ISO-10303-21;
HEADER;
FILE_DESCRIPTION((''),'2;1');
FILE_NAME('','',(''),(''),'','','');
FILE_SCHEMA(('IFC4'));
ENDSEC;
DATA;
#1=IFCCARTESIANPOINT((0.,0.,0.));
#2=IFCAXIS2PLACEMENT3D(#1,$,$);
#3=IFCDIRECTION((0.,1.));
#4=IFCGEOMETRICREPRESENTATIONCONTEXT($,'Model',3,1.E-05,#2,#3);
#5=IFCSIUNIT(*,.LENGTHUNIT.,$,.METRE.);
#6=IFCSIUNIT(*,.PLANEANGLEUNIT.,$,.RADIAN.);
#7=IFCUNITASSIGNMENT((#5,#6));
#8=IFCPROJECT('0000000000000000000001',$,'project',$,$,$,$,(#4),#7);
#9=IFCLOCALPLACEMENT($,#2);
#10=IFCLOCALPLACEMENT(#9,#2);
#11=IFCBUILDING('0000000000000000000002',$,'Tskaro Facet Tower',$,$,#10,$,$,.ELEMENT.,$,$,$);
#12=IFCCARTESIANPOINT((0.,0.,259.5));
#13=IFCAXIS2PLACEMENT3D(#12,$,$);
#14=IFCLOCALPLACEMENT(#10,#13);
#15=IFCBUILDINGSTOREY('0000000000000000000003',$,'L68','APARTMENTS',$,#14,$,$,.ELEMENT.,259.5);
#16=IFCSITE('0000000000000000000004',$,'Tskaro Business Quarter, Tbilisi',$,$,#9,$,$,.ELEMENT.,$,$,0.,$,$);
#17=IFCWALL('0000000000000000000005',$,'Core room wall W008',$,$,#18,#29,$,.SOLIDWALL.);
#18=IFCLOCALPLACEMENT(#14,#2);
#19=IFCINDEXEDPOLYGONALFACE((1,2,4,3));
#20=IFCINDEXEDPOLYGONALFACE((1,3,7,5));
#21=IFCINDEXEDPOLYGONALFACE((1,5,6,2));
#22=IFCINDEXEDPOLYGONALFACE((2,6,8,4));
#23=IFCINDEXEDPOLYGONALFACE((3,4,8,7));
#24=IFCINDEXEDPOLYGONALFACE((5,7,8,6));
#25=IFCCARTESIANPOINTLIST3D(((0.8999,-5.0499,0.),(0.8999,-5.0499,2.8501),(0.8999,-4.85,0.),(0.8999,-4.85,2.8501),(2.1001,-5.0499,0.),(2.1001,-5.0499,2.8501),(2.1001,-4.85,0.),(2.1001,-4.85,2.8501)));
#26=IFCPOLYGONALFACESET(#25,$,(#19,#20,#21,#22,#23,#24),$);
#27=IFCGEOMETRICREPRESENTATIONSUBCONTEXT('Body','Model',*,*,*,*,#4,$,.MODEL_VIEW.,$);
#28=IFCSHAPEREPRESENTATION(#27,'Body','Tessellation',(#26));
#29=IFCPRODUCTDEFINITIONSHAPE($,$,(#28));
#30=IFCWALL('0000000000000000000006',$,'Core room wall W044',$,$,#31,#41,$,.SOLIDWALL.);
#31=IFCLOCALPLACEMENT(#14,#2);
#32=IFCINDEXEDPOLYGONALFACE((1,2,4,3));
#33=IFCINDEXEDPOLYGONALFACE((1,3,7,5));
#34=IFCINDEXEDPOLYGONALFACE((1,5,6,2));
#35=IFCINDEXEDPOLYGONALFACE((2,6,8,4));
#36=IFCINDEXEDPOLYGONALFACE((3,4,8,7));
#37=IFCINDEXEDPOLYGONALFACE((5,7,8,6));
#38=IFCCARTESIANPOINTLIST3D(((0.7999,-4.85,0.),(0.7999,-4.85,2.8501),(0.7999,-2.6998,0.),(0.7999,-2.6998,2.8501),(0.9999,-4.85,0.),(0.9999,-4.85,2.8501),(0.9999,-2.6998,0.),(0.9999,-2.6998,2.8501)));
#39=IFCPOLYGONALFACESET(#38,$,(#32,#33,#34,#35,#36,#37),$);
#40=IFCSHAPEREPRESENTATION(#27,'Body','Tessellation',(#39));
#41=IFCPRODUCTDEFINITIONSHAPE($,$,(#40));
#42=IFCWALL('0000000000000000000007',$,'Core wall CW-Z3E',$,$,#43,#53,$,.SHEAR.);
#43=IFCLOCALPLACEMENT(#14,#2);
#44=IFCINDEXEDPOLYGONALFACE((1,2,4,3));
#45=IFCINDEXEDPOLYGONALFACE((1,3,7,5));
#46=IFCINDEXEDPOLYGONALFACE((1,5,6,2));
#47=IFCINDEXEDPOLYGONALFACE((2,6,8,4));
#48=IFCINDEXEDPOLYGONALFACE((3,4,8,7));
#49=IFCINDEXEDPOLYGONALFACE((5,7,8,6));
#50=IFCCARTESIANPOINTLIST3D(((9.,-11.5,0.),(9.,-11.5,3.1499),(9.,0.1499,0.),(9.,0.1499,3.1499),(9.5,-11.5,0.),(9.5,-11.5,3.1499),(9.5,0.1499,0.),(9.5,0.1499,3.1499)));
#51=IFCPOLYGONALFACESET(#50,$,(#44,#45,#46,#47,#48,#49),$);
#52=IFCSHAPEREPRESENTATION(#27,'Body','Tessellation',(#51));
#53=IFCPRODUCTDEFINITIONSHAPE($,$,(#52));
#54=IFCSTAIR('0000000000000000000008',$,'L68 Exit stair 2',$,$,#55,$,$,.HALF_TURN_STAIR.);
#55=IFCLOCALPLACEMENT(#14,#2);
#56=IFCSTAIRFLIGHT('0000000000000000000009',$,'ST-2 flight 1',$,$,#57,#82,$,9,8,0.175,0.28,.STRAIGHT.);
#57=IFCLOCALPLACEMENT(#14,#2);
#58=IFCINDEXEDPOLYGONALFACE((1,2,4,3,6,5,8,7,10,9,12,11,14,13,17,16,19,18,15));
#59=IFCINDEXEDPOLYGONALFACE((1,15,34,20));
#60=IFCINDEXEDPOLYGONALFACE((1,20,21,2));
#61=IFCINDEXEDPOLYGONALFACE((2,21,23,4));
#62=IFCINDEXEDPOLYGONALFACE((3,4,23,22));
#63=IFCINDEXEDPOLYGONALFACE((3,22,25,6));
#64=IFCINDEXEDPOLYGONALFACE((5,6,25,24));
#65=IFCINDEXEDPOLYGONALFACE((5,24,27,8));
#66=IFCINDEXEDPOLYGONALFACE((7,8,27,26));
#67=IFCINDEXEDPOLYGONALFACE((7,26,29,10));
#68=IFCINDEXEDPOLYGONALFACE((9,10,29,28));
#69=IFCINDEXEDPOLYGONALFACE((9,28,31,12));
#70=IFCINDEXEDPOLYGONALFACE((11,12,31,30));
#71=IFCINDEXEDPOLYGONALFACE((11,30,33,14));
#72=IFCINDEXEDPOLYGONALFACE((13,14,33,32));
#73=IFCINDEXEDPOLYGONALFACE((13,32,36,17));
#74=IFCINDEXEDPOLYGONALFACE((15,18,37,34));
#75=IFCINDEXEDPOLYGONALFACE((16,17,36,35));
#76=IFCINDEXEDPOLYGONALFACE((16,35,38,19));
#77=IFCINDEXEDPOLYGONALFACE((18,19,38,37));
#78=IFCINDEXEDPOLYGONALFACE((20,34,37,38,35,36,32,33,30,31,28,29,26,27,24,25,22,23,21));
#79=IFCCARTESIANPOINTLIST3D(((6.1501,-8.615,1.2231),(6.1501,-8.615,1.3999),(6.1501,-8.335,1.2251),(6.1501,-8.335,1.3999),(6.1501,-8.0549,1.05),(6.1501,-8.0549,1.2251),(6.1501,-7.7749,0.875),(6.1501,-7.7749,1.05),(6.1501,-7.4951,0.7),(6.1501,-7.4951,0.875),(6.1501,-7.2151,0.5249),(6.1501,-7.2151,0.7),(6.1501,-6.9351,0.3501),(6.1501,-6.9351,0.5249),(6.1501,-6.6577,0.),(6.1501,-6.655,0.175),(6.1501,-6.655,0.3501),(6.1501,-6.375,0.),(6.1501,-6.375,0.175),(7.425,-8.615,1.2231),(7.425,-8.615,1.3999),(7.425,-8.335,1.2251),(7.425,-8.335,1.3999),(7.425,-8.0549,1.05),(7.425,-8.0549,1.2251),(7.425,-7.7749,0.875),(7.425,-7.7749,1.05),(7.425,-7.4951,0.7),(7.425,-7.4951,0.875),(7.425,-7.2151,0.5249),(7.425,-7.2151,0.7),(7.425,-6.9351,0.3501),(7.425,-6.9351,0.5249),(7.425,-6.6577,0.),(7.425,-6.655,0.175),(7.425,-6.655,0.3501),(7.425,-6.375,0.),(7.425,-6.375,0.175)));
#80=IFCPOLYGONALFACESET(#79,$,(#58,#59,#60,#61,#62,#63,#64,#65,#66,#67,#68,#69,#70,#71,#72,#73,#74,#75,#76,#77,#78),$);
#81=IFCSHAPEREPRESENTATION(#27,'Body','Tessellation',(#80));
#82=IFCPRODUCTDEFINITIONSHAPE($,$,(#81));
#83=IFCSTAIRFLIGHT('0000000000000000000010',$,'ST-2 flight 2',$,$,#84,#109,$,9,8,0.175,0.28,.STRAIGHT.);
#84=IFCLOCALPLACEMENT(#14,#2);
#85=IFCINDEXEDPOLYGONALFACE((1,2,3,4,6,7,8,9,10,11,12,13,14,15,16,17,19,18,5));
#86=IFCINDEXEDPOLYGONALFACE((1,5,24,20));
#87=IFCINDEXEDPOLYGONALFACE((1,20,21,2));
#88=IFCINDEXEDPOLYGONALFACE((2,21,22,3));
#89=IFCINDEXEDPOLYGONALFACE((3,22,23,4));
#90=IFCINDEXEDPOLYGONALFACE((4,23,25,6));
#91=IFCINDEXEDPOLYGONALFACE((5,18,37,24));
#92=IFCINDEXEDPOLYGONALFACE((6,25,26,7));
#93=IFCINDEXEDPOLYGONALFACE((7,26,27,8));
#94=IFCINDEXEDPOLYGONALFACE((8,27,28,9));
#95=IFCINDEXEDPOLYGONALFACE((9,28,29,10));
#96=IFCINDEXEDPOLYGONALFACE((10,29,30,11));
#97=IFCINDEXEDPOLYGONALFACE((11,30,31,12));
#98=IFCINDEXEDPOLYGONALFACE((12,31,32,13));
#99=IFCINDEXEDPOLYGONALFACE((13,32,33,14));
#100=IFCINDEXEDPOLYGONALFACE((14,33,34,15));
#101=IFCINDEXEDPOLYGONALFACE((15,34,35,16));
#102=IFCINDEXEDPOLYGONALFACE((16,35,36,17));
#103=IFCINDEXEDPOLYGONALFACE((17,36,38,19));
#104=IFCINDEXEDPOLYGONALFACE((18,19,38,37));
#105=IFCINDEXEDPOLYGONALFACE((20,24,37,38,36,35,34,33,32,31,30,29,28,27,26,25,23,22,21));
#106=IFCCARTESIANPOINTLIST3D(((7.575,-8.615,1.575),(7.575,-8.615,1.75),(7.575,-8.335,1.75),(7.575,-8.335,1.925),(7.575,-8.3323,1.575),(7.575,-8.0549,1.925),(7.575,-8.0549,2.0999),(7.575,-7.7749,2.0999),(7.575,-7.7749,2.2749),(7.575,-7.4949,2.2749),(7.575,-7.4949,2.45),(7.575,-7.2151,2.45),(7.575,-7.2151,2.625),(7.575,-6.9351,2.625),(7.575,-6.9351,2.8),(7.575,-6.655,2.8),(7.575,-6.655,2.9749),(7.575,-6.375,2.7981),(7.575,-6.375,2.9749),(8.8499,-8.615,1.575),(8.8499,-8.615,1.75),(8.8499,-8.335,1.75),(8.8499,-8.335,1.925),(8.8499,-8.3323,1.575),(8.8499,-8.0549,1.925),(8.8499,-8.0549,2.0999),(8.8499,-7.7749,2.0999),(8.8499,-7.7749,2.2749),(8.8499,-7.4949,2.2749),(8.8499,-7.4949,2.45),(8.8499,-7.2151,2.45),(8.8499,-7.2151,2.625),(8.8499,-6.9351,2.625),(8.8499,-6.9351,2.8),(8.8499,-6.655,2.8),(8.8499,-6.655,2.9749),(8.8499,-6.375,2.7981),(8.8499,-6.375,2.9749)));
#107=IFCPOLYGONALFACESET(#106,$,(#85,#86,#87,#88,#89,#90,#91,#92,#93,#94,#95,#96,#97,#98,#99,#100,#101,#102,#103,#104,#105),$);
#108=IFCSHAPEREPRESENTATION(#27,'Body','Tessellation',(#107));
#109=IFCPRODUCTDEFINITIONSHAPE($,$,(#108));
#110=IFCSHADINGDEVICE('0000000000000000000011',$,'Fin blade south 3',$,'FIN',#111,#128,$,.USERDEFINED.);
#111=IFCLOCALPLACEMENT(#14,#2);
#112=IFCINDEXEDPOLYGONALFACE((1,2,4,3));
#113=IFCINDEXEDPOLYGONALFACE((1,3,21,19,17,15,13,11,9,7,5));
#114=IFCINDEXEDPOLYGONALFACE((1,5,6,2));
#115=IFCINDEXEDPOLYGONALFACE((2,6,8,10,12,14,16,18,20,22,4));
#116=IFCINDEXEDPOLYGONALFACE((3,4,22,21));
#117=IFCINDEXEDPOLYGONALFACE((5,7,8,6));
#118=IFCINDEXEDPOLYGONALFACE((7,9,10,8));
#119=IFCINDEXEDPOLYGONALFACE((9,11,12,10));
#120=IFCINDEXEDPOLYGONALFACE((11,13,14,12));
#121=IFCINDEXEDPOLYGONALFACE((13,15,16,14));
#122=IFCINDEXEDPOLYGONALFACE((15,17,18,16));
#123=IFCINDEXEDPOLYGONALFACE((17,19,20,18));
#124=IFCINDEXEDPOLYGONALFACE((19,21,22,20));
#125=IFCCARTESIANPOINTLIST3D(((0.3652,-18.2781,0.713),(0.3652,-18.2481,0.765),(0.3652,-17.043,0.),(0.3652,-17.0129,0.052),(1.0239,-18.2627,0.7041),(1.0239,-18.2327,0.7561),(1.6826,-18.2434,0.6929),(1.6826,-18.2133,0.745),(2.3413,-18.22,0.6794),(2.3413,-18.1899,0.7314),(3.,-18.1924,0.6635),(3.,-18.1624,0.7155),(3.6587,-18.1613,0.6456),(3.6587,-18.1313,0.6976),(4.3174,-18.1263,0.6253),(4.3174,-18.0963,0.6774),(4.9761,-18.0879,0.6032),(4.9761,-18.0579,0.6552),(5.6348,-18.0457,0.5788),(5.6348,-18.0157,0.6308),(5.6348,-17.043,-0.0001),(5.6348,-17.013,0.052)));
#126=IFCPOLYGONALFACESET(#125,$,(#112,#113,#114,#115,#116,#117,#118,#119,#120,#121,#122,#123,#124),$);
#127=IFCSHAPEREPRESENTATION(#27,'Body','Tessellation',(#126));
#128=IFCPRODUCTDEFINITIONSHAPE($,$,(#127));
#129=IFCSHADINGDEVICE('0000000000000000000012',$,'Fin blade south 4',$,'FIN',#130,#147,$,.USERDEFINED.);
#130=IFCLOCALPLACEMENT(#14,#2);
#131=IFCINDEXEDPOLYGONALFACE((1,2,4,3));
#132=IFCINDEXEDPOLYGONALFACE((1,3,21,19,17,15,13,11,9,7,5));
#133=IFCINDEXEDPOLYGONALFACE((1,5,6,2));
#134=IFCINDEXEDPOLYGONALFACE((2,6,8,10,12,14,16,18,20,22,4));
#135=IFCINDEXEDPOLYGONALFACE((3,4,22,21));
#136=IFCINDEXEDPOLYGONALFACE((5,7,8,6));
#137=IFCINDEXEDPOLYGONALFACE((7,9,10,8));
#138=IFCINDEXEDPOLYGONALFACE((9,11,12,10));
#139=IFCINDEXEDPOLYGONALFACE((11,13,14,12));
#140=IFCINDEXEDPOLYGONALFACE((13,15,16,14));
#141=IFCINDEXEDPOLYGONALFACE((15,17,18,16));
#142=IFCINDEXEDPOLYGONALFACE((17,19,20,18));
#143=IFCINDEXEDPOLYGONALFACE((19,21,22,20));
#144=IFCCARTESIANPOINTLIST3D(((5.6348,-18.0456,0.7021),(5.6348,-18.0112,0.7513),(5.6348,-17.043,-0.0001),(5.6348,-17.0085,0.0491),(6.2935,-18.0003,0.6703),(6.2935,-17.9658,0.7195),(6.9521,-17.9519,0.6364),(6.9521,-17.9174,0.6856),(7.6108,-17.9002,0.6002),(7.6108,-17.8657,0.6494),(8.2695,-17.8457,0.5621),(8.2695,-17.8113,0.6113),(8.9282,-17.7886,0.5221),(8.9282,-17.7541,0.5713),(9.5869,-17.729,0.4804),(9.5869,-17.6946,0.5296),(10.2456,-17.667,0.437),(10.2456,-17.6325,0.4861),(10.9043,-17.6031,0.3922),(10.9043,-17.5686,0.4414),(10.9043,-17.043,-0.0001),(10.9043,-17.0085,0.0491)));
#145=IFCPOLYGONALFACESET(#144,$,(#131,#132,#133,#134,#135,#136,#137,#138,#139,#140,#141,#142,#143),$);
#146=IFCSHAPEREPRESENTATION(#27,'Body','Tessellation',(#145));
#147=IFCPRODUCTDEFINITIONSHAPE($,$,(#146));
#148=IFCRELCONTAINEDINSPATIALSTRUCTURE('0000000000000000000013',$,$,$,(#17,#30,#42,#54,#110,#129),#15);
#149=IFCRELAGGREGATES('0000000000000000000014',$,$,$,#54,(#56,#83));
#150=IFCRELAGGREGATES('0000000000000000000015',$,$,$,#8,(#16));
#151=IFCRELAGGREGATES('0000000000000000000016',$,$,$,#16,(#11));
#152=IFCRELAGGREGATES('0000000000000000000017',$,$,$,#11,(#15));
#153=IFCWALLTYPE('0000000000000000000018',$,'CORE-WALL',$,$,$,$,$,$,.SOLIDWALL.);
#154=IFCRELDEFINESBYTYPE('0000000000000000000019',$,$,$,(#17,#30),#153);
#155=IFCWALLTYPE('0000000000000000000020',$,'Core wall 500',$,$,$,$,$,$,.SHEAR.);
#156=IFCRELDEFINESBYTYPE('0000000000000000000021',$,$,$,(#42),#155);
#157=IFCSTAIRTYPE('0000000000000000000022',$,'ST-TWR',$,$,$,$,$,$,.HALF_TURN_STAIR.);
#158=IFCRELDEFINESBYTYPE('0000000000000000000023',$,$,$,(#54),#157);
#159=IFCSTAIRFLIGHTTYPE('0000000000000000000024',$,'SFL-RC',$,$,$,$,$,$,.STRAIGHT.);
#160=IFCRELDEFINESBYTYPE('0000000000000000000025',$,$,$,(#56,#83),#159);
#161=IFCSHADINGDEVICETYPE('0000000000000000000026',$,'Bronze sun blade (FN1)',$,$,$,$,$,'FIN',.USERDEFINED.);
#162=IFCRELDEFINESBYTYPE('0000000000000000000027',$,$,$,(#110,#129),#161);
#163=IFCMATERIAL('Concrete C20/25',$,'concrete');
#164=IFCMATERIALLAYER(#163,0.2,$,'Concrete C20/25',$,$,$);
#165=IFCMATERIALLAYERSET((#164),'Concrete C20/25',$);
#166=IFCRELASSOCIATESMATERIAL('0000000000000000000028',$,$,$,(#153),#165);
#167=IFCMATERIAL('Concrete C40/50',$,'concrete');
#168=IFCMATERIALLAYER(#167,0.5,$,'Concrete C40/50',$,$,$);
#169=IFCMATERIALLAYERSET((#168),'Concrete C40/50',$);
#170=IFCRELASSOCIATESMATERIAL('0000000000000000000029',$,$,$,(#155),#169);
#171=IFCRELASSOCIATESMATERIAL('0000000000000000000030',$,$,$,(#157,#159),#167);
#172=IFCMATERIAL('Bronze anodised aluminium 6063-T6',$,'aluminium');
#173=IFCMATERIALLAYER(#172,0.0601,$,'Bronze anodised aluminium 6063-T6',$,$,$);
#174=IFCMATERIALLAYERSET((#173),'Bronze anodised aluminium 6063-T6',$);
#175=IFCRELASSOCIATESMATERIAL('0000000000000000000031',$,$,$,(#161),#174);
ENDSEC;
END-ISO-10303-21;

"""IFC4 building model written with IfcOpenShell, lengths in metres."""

from ifc_helpers import new_model, si_unit, direction, frame, frame_2d, origin, place, context, subcontext, project, spatial, polyline, rectangle, outline, extrude, material, layer, layer_set, type_object, element, aggregate, save


model = new_model("IFC4")

# Units and contexts
model_context = context("Model", 3, precision=1e-05, world=origin(), true_north=direction((0.0, 1.0)))
body_context = subcontext(model_context, "Body", "Model", "MODEL_VIEW")
ifc_project = project(units=[si_unit("LENGTHUNIT", "METRE"), si_unit("PLANEANGLEUNIT", "RADIAN")], contexts=[model_context])

# Site, building, storey
site_placement = place(None, origin())
site = spatial("IfcSite", under=ifc_project, at=site_placement, Name="Tskaro Business Quarter, Tbilisi", CompositionType="ELEMENT", RefElevation=0.0)
building_placement = place(site_placement, origin())
building = spatial("IfcBuilding", under=site, at=building_placement, Name="Tskaro Facet Tower", CompositionType="ELEMENT")
storey_placement = place(building_placement, frame((0.0, 0.0, 259.5)))
storey = spatial("IfcBuildingStorey", under=building, at=storey_placement, Name="L68", Description="APARTMENTS", CompositionType="ELEMENT", Elevation=259.5)

# Shared definitions
ifc_material_1 = material(Name="Bronze anodised aluminium 6063-T6", Category="aluminium")

# Walls
ifc_material_2 = material(Name="Concrete C20/25", Category="concrete")
ifc_layer_1 = layer(ifc_material_2, 0.2, Name="Concrete C20/25")
ifc_layer_set_1 = layer_set([ifc_layer_1], Name="Concrete C20/25")
wall_type_1 = type_object("IfcWallType", Name="CORE-WALL", PredefinedType="SOLIDWALL", material=ifc_layer_set_1)
wall_1_placement = place(storey_placement, frame((0.8999, -4.95, 0.0), z_axis=(0.0, 0.0, 1.0), x_axis=(1.0, 0.0, 0.0)))
element("IfcWall", 1, at=wall_1_placement, inside=storey, type_object=wall_type_1, Name="Core room wall W008", PredefinedType="SOLIDWALL", context=body_context, shape_type="SweptSolid", body=[
    extrude(rectangle(XDim=1.2002, YDim=0.2, at=frame_2d((0.6001, 0.0))), origin(), (0.0, 0.0, 1.0), 2.8501),
])
wall_2_placement = place(storey_placement, frame((0.8999, -4.8501, 0.0), z_axis=(0.0, 0.0, 1.0), x_axis=(0.0, 1.0, 0.0)))
element("IfcWall", 2, at=wall_2_placement, inside=storey, type_object=wall_type_1, Name="Core room wall W044", PredefinedType="SOLIDWALL", context=body_context, shape_type="SweptSolid", body=[
    extrude(rectangle(XDim=2.1501, YDim=0.2, at=frame_2d((1.0752, 0.0))), origin(), (0.0, 0.0, 1.0), 2.8501),
])
ifc_material_3 = material(Name="Concrete C40/50", Category="concrete")
ifc_layer_2 = layer(ifc_material_3, 0.5, Name="Concrete C40/50")
ifc_layer_set_2 = layer_set([ifc_layer_2], Name="Concrete C40/50")
wall_type_2 = type_object("IfcWallType", Name="Core wall 500", PredefinedType="SHEAR", material=ifc_layer_set_2)
wall_3_placement = place(storey_placement, frame((9.25, -11.5, 0.0), z_axis=(0.0, 0.0, 1.0), x_axis=(0.0, 1.0, 0.0)))
element("IfcWall", 3, at=wall_3_placement, inside=storey, type_object=wall_type_2, Name="Core wall CW-Z3E", PredefinedType="SHEAR", context=body_context, shape_type="SweptSolid", body=[
    extrude(rectangle(XDim=11.6499, YDim=0.5, at=frame_2d((5.825, 0.0))), origin(), (0.0, 0.0, 1.0), 3.1499),
])

# Stair, stair flights
stair_type = type_object("IfcStairType", Name="ST-TWR", PredefinedType="HALF_TURN_STAIR", material=ifc_material_3)
stair_placement = place(storey_placement, origin())
stair = element("IfcStair", 4, at=stair_placement, inside=storey, type_object=stair_type, Name="L68 Exit stair 2", PredefinedType="HALF_TURN_STAIR")
stair_flight_type = type_object("IfcStairFlightType", Name="SFL-RC", PredefinedType="STRAIGHT", material=ifc_material_3)
stair_flight_1_placement = place(storey_placement, frame((6.7876, -6.375, 0.0), z_axis=(0.0, 0.0, 1.0), x_axis=(0.0, -1.0, 0.0)))
stair_flight_1 = element("IfcStairFlight", 5, at=stair_flight_1_placement, type_object=stair_flight_type, Name="ST-2 flight 1", NumberOfRisers=9, NumberOfTreads=8, PredefinedType="STRAIGHT", RiserHeight=0.175, TreadLength=0.28, context=body_context, shape_type="SweptSolid", body=[
    extrude(outline(polyline([(0.0, 0.0), (0.0, 0.175), (0.28, 0.175), (0.28, 0.3501), (0.5601, 0.3501), (0.5601, 0.5249), (0.8401, 0.5249), (0.8401, 0.7), (1.1201, 0.7), (1.1201, 0.875), (1.3999, 0.875), (1.3999, 1.05), (1.6799, 1.05), (1.6799, 1.2251), (1.96, 1.2251), (1.96, 1.3999), (2.24, 1.3999), (2.24, 1.575), (2.24, 1.2231), (0.2827, 0.0), (0.0, 0.0)])), frame((0.0, 0.6375, 0.0), z_axis=(0.0, -1.0, 0.0), x_axis=(1.0, 0.0, 0.0)), (0.0, 0.0, 1.0), 1.2749),
])
stair_flight_2_placement = place(storey_placement, frame((8.2124, -8.615, 1.575), z_axis=(0.0, 0.0, 1.0), x_axis=(0.0, 1.0, 0.0)))
stair_flight_2 = element("IfcStairFlight", 6, at=stair_flight_2_placement, type_object=stair_flight_type, Name="ST-2 flight 2", NumberOfRisers=9, NumberOfTreads=8, PredefinedType="STRAIGHT", RiserHeight=0.175, TreadLength=0.28, context=body_context, shape_type="SweptSolid", body=[
    extrude(outline(polyline([(0.0, 0.0), (0.0, 0.175), (0.28, 0.175), (0.28, 0.3501), (0.5601, 0.3501), (0.5601, 0.5249), (0.8401, 0.5249), (0.8401, 0.7), (1.1201, 0.7), (1.1201, 0.875), (1.3999, 0.875), (1.3999, 1.05), (1.6799, 1.05), (1.6799, 1.2251), (1.96, 1.2251), (1.96, 1.3999), (2.24, 1.3999), (2.24, 1.575), (2.24, 1.2231), (0.2827, 0.0), (0.0, 0.0)])), frame((0.0, 0.6375, 0.0), z_axis=(0.0, -1.0, 0.0), x_axis=(1.0, 0.0, 0.0)), (0.0, 0.0, 1.0), 1.2749),
])
aggregate(stair, [stair_flight_1, stair_flight_2])

# Shading devices
ifc_layer_3 = layer(ifc_material_1, 0.0601, Name="Bronze anodised aluminium 6063-T6")
ifc_layer_set_3 = layer_set([ifc_layer_3], Name="Bronze anodised aluminium 6063-T6")
shading_device_type = type_object("IfcShadingDeviceType", Name="Bronze sun blade (FN1)", ElementType="FIN", PredefinedType="USERDEFINED", material=ifc_layer_set_3)
shading_device_1_placement = place(storey_placement, frame((0.3652, -17.0129, 0.052), z_axis=(0.000009, 0.499957, 0.86605), x_axis=(1.0, -0.000005, -0.000008)))
element("IfcShadingDevice", 7, at=shading_device_1_placement, inside=storey, type_object=shading_device_type, Name="Fin blade south 3", ObjectType="FIN", PredefinedType="USERDEFINED", context=body_context, shape_type="SweptSolid", body=[
    extrude(outline(polyline([(0.0, 0.0), (5.2695, 0.0), (5.2695, -1.1578), (4.6108, -1.2066), (3.9521, -1.2509), (3.2935, -1.2913), (2.6348, -1.3272), (1.9761, -1.359), (1.3174, -1.386), (0.6587, -1.4084), (0.0, -1.4262), (0.0, 0.0)])), origin(), (0.0, 0.0, -1.0), 0.0601),
])
shading_device_2_placement = place(storey_placement, frame((5.6348, -17.0085, 0.0491), z_axis=(-0.000013, 0.573653, 0.819098), x_axis=(1.0, 0.000008, 0.000011)))
element("IfcShadingDevice", 8, at=shading_device_2_placement, inside=storey, type_object=shading_device_type, Name="Fin blade south 4", ObjectType="FIN", PredefinedType="USERDEFINED", context=body_context, shape_type="SweptSolid", body=[
    extrude(outline(polyline([(0.0, 0.0), (5.2695, 0.0), (5.2695, -0.6838), (4.6108, -0.7618), (3.9521, -0.8376), (3.2935, -0.9103), (2.6348, -0.9801), (1.9761, -1.0465), (1.3174, -1.1096), (0.6587, -1.1687), (0.0, -1.2241), (0.0, 0.0)])), origin(), (0.0, 0.0, -1.0), 0.0601),
])

save(model, "model.ifc")
